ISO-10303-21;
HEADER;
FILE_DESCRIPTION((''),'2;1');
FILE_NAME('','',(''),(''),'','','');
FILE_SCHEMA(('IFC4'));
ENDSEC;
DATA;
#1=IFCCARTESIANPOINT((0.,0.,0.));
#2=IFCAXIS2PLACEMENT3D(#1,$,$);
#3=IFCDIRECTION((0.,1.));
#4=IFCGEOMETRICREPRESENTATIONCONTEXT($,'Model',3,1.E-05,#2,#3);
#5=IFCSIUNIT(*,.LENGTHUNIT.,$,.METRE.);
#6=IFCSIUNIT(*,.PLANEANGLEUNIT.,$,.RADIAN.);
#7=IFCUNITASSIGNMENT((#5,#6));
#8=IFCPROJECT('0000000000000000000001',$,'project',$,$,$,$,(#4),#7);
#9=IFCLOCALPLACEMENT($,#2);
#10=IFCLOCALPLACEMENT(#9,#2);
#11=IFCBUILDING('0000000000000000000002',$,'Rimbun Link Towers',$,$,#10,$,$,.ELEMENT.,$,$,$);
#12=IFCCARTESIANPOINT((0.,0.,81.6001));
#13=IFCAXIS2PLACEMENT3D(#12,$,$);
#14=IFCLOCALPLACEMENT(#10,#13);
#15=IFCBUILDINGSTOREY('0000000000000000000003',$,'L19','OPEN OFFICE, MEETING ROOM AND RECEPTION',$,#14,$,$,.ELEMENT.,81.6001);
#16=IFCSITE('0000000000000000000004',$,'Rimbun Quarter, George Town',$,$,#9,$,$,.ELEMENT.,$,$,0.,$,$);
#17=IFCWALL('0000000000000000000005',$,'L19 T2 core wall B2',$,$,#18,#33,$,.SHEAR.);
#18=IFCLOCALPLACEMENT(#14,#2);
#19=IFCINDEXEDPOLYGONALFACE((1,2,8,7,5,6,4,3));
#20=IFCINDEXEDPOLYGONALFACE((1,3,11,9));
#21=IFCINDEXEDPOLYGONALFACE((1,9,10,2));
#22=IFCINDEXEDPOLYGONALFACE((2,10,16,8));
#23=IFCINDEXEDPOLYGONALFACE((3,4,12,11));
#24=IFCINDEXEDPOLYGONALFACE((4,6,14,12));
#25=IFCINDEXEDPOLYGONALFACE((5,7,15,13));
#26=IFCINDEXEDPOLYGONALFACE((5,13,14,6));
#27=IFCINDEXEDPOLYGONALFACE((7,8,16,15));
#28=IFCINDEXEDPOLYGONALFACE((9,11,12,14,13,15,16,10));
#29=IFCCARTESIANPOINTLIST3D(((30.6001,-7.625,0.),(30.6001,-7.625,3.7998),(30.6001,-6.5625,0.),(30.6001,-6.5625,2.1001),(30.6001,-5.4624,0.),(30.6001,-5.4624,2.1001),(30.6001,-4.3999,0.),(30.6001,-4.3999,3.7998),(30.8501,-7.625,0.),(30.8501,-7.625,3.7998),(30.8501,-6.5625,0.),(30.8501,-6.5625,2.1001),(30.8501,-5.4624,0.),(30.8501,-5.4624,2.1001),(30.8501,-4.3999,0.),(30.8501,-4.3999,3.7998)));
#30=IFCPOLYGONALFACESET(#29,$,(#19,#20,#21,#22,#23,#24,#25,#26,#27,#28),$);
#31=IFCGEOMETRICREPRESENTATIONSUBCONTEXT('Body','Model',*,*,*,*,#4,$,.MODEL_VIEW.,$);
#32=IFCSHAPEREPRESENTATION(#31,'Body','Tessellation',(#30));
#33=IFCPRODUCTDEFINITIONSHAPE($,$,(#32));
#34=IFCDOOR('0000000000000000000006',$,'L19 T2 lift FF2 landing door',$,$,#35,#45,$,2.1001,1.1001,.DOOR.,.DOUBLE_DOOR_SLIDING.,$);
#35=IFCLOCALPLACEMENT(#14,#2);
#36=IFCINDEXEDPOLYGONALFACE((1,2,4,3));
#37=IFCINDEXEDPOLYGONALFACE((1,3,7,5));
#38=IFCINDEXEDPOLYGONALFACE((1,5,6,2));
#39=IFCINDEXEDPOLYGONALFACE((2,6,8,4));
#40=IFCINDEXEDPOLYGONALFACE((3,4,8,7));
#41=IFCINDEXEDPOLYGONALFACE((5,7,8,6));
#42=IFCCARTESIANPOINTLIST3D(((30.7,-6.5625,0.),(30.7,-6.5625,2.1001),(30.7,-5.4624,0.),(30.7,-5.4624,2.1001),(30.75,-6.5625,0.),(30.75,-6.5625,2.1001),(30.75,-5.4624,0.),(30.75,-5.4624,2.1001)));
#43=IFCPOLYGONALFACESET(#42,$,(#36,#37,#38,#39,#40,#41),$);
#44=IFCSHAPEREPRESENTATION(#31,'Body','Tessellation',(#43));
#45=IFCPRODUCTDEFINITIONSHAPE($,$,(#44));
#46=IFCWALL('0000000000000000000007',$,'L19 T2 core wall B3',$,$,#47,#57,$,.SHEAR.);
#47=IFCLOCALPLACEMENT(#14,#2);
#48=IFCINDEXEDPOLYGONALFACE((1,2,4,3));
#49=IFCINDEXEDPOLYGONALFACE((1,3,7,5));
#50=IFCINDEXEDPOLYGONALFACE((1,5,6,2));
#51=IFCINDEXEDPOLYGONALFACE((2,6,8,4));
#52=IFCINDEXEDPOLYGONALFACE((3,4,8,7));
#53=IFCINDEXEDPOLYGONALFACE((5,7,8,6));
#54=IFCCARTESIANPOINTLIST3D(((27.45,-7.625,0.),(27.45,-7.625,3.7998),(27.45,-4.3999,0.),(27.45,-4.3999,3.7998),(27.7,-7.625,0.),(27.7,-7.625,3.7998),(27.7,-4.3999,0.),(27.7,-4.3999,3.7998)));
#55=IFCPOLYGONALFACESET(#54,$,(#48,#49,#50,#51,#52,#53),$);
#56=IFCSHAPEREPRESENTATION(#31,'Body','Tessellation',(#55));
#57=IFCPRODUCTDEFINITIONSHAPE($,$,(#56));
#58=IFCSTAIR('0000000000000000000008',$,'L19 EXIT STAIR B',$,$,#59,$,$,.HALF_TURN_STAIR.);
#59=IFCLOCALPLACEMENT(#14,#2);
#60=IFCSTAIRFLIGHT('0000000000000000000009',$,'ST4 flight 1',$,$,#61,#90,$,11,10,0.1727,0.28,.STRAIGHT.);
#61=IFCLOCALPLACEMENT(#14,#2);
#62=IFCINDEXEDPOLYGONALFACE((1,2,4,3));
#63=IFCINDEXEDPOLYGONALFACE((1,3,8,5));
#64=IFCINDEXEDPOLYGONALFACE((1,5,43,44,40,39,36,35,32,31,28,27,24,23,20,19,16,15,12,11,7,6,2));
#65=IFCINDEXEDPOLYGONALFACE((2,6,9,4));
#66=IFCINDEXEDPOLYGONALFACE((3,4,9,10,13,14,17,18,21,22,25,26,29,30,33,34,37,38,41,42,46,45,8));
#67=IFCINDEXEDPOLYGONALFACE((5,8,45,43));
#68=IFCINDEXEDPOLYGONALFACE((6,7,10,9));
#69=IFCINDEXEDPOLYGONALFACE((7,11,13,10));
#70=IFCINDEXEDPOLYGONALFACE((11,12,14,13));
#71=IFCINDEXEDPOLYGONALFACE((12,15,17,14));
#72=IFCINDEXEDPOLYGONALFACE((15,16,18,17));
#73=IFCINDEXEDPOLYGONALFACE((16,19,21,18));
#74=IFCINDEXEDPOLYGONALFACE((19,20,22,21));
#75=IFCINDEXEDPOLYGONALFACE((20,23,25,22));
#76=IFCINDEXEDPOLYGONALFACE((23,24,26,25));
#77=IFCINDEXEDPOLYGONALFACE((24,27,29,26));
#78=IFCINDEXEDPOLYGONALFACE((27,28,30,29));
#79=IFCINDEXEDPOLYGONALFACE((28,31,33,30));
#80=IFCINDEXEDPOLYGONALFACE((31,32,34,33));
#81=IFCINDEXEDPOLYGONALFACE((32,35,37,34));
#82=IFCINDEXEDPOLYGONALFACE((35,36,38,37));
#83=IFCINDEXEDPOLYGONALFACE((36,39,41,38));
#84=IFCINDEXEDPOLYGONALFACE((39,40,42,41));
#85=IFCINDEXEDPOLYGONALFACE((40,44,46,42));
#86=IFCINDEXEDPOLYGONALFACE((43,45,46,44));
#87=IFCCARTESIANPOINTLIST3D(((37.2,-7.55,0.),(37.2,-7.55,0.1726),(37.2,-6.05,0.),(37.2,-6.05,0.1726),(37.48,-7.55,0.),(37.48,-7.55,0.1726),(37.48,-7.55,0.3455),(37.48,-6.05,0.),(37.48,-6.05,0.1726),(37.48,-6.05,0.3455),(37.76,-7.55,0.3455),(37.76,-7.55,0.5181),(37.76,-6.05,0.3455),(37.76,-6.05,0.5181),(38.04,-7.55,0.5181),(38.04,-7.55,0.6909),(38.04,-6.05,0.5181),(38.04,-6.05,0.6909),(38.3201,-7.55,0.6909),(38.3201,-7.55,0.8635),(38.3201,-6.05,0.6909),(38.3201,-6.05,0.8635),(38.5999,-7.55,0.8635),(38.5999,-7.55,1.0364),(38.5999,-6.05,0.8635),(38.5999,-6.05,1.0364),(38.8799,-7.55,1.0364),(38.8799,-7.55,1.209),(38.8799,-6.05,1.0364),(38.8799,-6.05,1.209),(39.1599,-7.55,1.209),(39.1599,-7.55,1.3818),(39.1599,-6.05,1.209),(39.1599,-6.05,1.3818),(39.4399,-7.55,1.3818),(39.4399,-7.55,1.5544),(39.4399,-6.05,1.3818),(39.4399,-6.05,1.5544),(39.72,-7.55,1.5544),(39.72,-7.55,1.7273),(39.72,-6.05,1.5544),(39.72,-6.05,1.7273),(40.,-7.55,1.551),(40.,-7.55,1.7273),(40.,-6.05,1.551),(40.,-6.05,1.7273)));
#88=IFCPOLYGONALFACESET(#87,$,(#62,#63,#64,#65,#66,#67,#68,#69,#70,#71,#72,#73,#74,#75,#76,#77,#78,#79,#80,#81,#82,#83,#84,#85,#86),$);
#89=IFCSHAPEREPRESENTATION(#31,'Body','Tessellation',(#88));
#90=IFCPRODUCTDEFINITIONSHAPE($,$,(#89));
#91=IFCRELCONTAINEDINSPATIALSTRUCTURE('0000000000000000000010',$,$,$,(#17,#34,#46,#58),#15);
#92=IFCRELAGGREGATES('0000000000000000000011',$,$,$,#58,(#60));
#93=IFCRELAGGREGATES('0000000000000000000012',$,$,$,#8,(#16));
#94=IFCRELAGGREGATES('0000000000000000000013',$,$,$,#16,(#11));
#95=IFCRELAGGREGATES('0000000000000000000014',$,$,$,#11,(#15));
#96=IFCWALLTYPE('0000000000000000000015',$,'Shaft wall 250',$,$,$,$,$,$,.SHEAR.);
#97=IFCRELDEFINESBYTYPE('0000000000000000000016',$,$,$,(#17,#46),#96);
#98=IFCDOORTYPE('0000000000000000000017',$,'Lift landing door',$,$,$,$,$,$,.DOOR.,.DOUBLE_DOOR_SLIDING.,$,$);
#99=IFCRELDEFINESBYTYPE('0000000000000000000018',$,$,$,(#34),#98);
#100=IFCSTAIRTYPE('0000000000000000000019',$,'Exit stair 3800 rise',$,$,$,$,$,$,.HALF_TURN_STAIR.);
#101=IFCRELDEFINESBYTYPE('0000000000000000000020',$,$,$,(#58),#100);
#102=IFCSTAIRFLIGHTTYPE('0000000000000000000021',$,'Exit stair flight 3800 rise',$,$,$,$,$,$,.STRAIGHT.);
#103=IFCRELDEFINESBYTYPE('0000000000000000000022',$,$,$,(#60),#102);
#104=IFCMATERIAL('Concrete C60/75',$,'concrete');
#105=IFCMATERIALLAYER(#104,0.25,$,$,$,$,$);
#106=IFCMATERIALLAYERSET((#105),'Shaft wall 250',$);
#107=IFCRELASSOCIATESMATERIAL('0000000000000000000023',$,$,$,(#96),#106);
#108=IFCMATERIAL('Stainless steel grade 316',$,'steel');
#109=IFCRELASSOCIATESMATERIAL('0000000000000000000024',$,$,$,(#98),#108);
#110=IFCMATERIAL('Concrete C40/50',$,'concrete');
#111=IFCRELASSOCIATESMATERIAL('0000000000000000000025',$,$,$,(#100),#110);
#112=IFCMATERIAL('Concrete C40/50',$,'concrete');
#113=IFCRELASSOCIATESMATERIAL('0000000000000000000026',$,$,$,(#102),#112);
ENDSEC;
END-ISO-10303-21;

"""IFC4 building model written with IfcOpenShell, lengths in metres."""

from ifc_helpers import new_model, si_unit, direction, frame, frame_2d, origin, place, context, subcontext, project, spatial, polyline, rectangle, outline, extrude, material, layer, layer_set, type_object, element, fill, aggregate, save


model = new_model("IFC4")

# Units and contexts
model_context = context("Model", 3, precision=1e-05, world=origin(), true_north=direction((0.0, 1.0)))
body_context = subcontext(model_context, "Body", "Model", "MODEL_VIEW")
ifc_project = project(units=[si_unit("LENGTHUNIT", "METRE"), si_unit("PLANEANGLEUNIT", "RADIAN")], contexts=[model_context])

# Site, building, storey
site_placement = place(None, origin())
site = spatial("IfcSite", under=ifc_project, at=site_placement, Name="Rimbun Quarter, George Town", CompositionType="ELEMENT", RefElevation=0.0)
building_placement = place(site_placement, origin())
building = spatial("IfcBuilding", under=site, at=building_placement, Name="Rimbun Link Towers", CompositionType="ELEMENT")
storey_placement = place(building_placement, frame((0.0, 0.0, 81.6001)))
storey = spatial("IfcBuildingStorey", under=building, at=storey_placement, Name="L19", Description="OPEN OFFICE, MEETING ROOM AND RECEPTION", CompositionType="ELEMENT", Elevation=81.6001)

# Shared definitions
ifc_material_1 = material(Name="Concrete C60/75", Category="concrete")
ifc_layer = layer(ifc_material_1, 0.25)
ifc_layer_set = layer_set([ifc_layer], Name="Shaft wall 250")
wall_type = type_object("IfcWallType", Name="Shaft wall 250", PredefinedType="SHEAR", material=ifc_layer_set)

# Wall, opening, door
wall_1_placement = place(storey_placement, frame((30.7251, -4.3999, 0.0), z_axis=(0.0, 0.0, 1.0), x_axis=(0.0, -1.0, 0.0)))
wall_1 = element("IfcWall", 1, at=wall_1_placement, inside=storey, type_object=wall_type, Name="L19 T2 core wall B2", PredefinedType="SHEAR", context=body_context, shape_type="SweptSolid", body=[
    extrude(rectangle(XDim=3.2251, YDim=0.25, at=frame_2d((1.6125, 0.0))), origin(), (0.0, 0.0, 1.0), 3.7998),
])
opening_1_placement = place(wall_1_placement, frame((1.0625, 0.0, 0.0)))
opening_1 = element("IfcOpeningElement", 2, at=opening_1_placement, cuts=wall_1, PredefinedType="OPENING", context=body_context, shape_type="SweptSolid", body=[
    extrude(rectangle(XDim=1.1001, YDim=2.1001, at=frame_2d((0.55, 1.05))), frame((0.0, 0.135, 0.0), z_axis=(0.0, -1.0, 0.0), x_axis=(1.0, 0.0, 0.0)), (0.0, 0.0, 1.0), 0.27),
])
ifc_material_2 = material(Name="Stainless steel grade 316", Category="steel")
door_type_1 = type_object("IfcDoorType", Name="Lift landing door", OperationType="DOUBLE_DOOR_SLIDING", PredefinedType="DOOR", material=ifc_material_2)
door_1_placement = place(opening_1_placement, origin())
door_1 = element("IfcDoor", 3, at=door_1_placement, inside=storey, type_object=door_type_1, Name="L19 T2 lift FF2 landing door", OperationType="DOUBLE_DOOR_SLIDING", OverallHeight=2.1001, OverallWidth=1.1001, PredefinedType="DOOR", context=body_context, shape_type="SweptSolid", body=[
    extrude(rectangle(XDim=1.1001, YDim=2.1001, at=frame_2d((0.55, 1.05))), frame((0.0, 0.0249, 0.0), z_axis=(0.0, -1.0, 0.0), x_axis=(1.0, 0.0, 0.0)), (0.0, 0.0, 1.0), 0.05),
])
fill(opening_1, door_1)

# Wall
wall_2_placement = place(storey_placement, frame((27.575, -4.3999, 0.0), z_axis=(0.0, 0.0, 1.0), x_axis=(0.0, -1.0, 0.0)))
element("IfcWall", 4, at=wall_2_placement, inside=storey, type_object=wall_type, Name="L19 T2 core wall B3", PredefinedType="SHEAR", context=body_context, shape_type="SweptSolid", body=[
    extrude(rectangle(XDim=3.2251, YDim=0.25, at=frame_2d((1.6125, 0.0))), origin(), (0.0, 0.0, 1.0), 3.7998),
])

# Stair, stair flight
ifc_material_3 = material(Name="Concrete C40/50", Category="concrete")
stair_type = type_object("IfcStairType", Name="Exit stair 3800 rise", PredefinedType="HALF_TURN_STAIR", material=ifc_material_3)
stair_placement = place(storey_placement, origin())
stair = element("IfcStair", 5, at=stair_placement, inside=storey, type_object=stair_type, Name="L19 EXIT STAIR B", PredefinedType="HALF_TURN_STAIR")
ifc_material_4 = material(Name="Concrete C40/50", Category="concrete")
stair_flight_type = type_object("IfcStairFlightType", Name="Exit stair flight 3800 rise", PredefinedType="STRAIGHT", material=ifc_material_4)
stair_flight_placement = place(storey_placement, frame((37.2, -6.8, 0.0), z_axis=(0.0, 0.0, 1.0), x_axis=(1.0, 0.0, 0.0)))
stair_flight = element("IfcStairFlight", 6, at=stair_flight_placement, type_object=stair_flight_type, Name="ST4 flight 1", NumberOfRisers=11, NumberOfTreads=10, PredefinedType="STRAIGHT", RiserHeight=0.1727, TreadLength=0.28, context=body_context, shape_type="SweptSolid", body=[
    extrude(outline(polyline([(0.0, 0.0), (0.0, 0.1726), (0.28, 0.1726), (0.28, 0.3455), (0.5601, 0.3455), (0.5601, 0.5181), (0.8401, 0.5181), (0.8401, 0.6909), (1.1201, 0.6909), (1.1201, 0.8635), (1.3999, 0.8635), (1.3999, 1.0364), (1.6799, 1.0364), (1.6799, 1.209), (1.96, 1.209), (1.96, 1.3818), (2.24, 1.3818), (2.24, 1.5544), (2.52, 1.5544), (2.52, 1.7273), (2.8, 1.7273), (2.8, 1.8999), (2.8, 1.551), (0.28, 0.0), (0.0, 0.0)])), frame((0.0, 0.75, 0.0), z_axis=(0.0, -1.0, 0.0), x_axis=(1.0, 0.0, 0.0)), (0.0, 0.0, 1.0), 1.5),
])
aggregate(stair, [stair_flight])

save(model, "model.ifc")
